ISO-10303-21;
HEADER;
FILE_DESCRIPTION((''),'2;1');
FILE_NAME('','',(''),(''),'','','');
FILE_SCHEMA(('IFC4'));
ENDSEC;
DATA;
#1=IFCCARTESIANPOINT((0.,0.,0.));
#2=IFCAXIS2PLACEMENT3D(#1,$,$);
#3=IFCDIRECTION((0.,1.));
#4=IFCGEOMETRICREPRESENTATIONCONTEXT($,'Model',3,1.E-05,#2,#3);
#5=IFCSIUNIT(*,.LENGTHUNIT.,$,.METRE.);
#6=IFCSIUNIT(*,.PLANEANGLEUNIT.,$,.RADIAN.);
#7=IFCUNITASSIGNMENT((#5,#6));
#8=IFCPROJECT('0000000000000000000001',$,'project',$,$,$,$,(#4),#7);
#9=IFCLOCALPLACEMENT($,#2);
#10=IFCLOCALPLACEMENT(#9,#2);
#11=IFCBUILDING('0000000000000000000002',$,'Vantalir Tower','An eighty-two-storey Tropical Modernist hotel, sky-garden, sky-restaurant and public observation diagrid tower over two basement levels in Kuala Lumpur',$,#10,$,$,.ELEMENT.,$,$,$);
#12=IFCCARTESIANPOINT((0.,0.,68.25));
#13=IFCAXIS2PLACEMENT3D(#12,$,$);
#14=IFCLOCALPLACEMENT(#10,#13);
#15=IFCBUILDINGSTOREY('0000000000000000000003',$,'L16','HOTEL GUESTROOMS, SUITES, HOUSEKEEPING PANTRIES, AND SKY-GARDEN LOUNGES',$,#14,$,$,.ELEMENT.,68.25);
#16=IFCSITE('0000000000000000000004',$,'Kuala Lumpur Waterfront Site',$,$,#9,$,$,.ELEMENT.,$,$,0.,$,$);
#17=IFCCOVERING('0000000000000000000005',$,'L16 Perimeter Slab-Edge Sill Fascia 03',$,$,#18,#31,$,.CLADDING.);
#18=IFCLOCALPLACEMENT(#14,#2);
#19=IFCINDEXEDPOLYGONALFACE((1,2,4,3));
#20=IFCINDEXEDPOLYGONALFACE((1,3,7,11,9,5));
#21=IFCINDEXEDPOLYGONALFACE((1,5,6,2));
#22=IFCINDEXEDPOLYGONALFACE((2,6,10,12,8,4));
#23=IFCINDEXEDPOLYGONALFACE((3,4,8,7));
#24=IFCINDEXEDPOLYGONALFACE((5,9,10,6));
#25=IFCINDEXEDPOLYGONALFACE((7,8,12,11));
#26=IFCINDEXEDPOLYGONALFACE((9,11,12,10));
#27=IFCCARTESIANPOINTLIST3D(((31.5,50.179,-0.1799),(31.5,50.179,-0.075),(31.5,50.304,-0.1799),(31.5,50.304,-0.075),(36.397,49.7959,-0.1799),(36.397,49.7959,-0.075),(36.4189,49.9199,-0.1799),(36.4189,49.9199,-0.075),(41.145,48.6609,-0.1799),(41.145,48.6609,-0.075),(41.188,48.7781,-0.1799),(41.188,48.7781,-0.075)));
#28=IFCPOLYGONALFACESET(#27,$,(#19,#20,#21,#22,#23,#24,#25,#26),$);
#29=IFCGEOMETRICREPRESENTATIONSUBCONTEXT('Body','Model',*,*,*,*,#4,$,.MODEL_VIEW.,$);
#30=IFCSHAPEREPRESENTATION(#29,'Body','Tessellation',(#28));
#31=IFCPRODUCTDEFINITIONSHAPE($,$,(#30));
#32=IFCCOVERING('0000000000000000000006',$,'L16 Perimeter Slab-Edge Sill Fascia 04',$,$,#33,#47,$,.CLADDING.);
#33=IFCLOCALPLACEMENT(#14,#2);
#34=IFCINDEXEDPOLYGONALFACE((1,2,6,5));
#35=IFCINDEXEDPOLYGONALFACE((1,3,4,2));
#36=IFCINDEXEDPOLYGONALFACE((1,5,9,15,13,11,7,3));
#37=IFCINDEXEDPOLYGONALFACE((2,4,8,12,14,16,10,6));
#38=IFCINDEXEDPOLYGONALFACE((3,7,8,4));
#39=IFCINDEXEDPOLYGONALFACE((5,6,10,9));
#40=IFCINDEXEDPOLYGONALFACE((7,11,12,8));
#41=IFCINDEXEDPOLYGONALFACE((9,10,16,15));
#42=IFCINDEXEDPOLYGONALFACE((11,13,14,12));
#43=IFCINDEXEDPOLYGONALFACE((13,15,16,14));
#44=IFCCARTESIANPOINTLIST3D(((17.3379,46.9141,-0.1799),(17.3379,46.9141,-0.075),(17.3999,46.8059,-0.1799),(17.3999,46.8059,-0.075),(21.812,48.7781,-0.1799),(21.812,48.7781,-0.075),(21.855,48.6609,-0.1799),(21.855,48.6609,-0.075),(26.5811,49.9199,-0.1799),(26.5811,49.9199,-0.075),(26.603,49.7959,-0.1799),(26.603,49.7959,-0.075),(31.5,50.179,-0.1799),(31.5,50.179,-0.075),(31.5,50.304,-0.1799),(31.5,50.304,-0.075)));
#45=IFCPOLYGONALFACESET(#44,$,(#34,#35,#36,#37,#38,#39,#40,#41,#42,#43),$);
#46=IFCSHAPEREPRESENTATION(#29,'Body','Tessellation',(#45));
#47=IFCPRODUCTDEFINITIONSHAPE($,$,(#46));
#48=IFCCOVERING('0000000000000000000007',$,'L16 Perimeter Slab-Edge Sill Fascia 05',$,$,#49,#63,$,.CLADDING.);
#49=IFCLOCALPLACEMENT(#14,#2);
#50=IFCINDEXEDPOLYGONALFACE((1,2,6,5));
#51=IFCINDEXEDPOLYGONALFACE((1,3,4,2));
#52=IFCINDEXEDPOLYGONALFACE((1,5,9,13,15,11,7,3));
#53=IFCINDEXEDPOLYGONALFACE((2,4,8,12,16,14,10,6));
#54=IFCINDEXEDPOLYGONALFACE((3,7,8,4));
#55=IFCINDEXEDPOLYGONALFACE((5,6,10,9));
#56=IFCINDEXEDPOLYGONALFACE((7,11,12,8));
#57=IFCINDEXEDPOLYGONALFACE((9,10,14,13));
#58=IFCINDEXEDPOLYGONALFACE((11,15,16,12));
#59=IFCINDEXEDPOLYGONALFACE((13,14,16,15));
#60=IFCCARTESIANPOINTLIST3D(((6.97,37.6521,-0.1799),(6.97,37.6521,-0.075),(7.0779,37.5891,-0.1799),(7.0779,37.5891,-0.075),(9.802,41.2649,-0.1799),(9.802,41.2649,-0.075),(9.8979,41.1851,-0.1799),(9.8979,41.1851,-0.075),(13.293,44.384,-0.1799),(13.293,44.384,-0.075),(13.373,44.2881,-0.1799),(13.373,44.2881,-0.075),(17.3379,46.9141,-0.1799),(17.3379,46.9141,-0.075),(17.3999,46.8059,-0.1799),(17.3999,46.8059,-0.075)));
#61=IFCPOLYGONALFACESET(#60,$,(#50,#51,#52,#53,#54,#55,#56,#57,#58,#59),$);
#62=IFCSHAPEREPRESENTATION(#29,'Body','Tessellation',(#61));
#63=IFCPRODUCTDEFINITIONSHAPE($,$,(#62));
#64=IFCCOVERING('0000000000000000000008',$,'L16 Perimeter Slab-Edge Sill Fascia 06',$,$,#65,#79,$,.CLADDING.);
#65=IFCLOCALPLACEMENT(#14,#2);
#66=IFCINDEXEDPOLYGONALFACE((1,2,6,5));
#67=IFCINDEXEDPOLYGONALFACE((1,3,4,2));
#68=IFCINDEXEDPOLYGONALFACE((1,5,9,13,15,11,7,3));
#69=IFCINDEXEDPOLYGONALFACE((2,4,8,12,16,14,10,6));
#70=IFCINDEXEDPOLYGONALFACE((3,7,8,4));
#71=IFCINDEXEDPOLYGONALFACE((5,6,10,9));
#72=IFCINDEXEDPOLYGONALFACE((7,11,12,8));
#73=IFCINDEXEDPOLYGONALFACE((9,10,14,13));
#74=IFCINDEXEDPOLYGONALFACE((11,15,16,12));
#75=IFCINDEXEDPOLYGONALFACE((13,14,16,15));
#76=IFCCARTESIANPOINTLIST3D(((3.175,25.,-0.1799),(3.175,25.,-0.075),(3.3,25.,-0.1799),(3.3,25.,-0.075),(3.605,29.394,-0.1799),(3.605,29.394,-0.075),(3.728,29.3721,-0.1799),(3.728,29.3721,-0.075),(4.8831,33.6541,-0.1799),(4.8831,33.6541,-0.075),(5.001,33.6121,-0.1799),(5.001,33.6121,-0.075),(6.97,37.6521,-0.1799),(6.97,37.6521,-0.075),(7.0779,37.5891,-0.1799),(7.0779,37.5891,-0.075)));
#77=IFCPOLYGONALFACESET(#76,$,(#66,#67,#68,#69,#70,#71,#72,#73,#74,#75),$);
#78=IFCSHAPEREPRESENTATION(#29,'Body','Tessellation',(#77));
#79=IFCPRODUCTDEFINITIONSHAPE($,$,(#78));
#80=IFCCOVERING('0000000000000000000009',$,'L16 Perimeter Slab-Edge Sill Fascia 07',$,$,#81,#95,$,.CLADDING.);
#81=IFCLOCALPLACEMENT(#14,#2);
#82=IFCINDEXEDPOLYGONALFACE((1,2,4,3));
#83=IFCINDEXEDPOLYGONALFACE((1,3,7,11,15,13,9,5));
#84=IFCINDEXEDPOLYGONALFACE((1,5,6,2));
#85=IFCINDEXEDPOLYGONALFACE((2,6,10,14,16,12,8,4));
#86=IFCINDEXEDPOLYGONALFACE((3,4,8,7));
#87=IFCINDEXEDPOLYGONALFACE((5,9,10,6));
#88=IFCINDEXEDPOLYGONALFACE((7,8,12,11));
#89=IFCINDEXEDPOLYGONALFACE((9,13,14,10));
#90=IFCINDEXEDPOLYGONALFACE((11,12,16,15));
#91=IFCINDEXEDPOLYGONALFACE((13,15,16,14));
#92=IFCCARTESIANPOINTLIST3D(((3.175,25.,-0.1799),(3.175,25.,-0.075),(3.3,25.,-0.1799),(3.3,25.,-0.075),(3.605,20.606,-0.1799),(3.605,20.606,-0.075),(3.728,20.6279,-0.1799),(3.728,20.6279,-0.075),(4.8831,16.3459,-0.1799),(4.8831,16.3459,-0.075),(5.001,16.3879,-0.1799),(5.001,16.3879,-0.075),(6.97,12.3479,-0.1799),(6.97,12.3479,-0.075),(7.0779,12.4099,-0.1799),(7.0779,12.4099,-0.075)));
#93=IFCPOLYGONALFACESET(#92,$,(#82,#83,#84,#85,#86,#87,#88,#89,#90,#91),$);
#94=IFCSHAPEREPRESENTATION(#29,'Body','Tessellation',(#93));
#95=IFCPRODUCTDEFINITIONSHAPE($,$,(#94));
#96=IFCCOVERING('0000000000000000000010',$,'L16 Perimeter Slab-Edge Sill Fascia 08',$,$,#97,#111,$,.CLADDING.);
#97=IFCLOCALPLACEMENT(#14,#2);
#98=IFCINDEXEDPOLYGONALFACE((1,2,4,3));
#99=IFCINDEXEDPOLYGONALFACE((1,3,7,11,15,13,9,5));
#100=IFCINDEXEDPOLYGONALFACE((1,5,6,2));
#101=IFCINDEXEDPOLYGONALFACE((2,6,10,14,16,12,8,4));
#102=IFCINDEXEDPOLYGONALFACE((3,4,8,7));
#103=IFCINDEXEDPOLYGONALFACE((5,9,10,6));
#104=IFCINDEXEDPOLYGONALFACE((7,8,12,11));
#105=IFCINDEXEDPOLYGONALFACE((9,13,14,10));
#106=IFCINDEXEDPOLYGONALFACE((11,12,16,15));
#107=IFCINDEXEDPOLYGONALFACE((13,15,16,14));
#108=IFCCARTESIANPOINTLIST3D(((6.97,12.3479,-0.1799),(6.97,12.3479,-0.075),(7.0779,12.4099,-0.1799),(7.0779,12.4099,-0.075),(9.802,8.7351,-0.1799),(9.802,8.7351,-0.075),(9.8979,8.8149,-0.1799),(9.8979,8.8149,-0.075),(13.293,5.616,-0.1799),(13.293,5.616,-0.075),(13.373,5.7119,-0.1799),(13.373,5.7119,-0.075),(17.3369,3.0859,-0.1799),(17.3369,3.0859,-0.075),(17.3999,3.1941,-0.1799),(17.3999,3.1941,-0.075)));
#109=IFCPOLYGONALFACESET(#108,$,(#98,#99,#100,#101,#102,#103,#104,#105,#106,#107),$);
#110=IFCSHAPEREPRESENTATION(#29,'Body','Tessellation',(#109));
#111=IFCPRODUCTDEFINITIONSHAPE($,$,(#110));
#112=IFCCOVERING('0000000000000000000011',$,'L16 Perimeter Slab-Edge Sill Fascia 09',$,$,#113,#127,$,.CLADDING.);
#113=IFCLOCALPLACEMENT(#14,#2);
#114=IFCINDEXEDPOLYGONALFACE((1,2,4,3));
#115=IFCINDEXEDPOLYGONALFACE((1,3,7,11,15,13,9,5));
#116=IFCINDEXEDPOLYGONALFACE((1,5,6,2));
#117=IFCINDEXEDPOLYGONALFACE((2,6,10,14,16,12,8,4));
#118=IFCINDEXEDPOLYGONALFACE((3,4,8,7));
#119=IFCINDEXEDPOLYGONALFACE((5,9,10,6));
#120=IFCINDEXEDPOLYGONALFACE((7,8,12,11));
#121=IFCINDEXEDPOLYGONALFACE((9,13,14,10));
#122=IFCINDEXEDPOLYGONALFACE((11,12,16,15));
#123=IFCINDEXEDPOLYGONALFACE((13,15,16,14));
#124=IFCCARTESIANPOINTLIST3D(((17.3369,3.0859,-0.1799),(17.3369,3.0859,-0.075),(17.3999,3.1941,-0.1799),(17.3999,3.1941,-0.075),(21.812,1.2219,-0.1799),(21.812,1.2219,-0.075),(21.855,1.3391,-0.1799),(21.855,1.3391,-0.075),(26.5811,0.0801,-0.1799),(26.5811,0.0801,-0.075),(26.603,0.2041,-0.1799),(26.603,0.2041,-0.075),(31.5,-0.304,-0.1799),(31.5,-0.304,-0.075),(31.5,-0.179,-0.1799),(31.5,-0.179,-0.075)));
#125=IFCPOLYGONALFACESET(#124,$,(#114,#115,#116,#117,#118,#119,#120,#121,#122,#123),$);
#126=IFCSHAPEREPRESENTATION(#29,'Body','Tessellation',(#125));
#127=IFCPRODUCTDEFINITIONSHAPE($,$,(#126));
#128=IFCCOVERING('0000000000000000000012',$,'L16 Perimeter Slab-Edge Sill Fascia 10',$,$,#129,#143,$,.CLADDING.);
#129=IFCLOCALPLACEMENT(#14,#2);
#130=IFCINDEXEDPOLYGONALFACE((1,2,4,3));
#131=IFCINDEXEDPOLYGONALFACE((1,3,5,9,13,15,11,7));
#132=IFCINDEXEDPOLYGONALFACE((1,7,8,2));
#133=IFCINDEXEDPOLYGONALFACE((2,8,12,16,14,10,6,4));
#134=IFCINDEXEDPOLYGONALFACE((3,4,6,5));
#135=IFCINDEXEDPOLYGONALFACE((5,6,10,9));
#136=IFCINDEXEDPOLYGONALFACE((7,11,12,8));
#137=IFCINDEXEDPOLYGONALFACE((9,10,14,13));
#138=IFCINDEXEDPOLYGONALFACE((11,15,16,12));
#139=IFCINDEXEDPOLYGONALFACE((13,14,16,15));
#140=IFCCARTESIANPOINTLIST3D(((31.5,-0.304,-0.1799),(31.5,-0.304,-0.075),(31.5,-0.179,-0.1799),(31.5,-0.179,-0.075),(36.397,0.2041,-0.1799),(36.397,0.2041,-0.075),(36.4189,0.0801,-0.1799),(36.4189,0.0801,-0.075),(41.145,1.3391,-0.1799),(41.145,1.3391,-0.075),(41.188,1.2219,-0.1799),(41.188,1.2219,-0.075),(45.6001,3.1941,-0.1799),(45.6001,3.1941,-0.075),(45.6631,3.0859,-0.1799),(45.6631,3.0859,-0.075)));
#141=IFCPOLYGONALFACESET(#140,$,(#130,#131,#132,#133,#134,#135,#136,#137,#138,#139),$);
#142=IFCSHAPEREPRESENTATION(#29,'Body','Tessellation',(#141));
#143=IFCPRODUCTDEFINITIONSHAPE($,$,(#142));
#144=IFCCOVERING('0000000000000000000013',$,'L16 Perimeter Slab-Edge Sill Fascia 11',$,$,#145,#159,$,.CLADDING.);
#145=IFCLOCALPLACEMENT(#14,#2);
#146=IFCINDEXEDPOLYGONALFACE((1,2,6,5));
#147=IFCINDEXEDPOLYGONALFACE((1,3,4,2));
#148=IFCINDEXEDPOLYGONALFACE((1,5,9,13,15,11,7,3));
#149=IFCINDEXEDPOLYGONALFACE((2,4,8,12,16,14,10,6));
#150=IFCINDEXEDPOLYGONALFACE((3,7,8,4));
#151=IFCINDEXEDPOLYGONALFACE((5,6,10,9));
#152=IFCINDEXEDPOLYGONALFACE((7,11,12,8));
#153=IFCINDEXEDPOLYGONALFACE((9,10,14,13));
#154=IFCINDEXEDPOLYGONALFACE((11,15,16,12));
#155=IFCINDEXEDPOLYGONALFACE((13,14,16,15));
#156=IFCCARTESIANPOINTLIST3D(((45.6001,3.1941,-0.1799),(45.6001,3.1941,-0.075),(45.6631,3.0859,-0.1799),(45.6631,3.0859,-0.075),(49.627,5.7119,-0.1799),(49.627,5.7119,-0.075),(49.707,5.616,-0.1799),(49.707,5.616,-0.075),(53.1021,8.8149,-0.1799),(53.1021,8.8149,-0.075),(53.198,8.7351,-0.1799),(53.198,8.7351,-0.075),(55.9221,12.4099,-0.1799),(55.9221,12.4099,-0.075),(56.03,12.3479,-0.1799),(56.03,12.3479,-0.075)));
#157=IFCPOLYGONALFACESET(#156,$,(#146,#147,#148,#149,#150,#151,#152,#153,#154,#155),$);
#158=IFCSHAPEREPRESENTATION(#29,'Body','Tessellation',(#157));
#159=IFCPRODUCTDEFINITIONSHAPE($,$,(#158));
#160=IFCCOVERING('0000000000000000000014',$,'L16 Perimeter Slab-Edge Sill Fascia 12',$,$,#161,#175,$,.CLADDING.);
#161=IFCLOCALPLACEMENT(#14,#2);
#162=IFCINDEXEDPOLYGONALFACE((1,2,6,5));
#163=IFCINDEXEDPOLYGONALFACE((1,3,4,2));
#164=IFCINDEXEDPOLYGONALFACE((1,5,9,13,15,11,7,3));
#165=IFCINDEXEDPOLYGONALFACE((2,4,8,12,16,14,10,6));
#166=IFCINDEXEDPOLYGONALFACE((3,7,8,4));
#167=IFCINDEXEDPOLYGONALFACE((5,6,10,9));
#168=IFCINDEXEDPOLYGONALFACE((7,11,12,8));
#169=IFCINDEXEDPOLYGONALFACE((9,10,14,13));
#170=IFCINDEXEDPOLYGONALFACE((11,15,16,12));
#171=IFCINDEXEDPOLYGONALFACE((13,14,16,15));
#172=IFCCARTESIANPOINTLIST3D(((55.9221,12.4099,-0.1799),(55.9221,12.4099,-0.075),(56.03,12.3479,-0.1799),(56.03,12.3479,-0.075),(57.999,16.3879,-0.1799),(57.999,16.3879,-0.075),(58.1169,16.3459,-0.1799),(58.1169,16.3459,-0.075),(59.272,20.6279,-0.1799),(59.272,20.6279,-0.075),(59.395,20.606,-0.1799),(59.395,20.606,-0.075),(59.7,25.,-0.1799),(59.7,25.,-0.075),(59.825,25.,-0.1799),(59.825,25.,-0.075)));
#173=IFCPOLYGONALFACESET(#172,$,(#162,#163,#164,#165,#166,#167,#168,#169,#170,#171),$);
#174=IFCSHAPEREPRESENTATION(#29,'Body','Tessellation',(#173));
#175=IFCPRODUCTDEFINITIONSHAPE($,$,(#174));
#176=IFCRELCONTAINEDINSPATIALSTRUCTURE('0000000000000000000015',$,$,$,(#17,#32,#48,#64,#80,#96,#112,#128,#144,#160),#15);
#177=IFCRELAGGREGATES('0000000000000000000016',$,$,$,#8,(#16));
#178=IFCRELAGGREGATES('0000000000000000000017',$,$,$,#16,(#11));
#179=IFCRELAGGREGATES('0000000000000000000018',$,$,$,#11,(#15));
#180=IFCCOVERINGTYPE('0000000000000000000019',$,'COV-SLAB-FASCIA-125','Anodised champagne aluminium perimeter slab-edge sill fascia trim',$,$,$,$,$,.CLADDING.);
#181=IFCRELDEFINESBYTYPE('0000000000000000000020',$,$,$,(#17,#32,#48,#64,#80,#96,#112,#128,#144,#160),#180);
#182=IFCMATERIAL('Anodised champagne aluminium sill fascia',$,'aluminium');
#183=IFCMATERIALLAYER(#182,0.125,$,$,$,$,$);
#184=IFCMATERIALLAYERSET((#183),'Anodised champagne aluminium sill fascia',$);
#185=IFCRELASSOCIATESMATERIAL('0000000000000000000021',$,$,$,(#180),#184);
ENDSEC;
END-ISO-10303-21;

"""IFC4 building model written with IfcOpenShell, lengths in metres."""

from ifc_helpers import new_model, si_unit, direction, frame, origin, place, context, subcontext, project, spatial, polyline, outline, extrude, material, layer, layer_set, type_object, element, save


model = new_model("IFC4")

# Units and contexts
model_context = context("Model", 3, precision=1e-05, world=origin(), true_north=direction((0.0, 1.0)))
body_context = subcontext(model_context, "Body", "Model", "MODEL_VIEW")
ifc_project = project(units=[si_unit("LENGTHUNIT", "METRE"), si_unit("PLANEANGLEUNIT", "RADIAN")], contexts=[model_context])

# Site, building, storey
site_placement = place(None, origin())
site = spatial("IfcSite", under=ifc_project, at=site_placement, Name="Kuala Lumpur Waterfront Site", CompositionType="ELEMENT", RefElevation=0.0)
building_placement = place(site_placement, origin())
building = spatial("IfcBuilding", under=site, at=building_placement, Name="Vantalir Tower", Description="An eighty-two-storey Tropical Modernist hotel, sky-garden, sky-restaurant and public observation diagrid tower over two basement levels in Kuala Lumpur", CompositionType="ELEMENT")
storey_placement = place(building_placement, frame((0.0, 0.0, 68.25)))
storey = spatial("IfcBuildingStorey", under=building, at=storey_placement, Name="L16", Description="HOTEL GUESTROOMS, SUITES, HOUSEKEEPING PANTRIES, AND SKY-GARDEN LOUNGES", CompositionType="ELEMENT", Elevation=68.25)

# Coverings
ifc_material_1 = material(Name="Anodised champagne aluminium sill fascia", Category="aluminium")
ifc_layer_1 = layer(ifc_material_1, 0.125)
ifc_layer_set_1 = layer_set([ifc_layer_1], Name="Anodised champagne aluminium sill fascia")
covering_type = type_object("IfcCoveringType", Name="COV-SLAB-FASCIA-125", Description="Anodised champagne aluminium perimeter slab-edge sill fascia trim", PredefinedType="CLADDING", material=ifc_layer_set_1)
covering_1_placement = place(storey_placement, frame((0.0, 0.0, -0.1799)))
element("IfcCovering", 1, at=covering_1_placement, inside=storey, type_object=covering_type, Name="L16 Perimeter Slab-Edge Sill Fascia 03", PredefinedType="CLADDING", context=body_context, shape_type="SweptSolid", body=[
    extrude(outline(polyline([(41.188, 48.7781), (36.4189, 49.9199), (31.5, 50.304), (31.5, 50.179), (36.397, 49.7959), (41.145, 48.6609), (41.188, 48.7781)])), origin(), (0.0, 0.0, 1.0), 0.105),
])
covering_2_placement = place(storey_placement, frame((0.0, 0.0, -0.1799)))
element("IfcCovering", 2, at=covering_2_placement, inside=storey, type_object=covering_type, Name="L16 Perimeter Slab-Edge Sill Fascia 04", PredefinedType="CLADDING", context=body_context, shape_type="SweptSolid", body=[
    extrude(outline(polyline([(31.5, 50.304), (26.5811, 49.9199), (21.812, 48.7781), (17.3379, 46.9141), (17.3999, 46.8059), (21.855, 48.6609), (26.603, 49.7959), (31.5, 50.179), (31.5, 50.304)])), origin(), (0.0, 0.0, 1.0), 0.105),
])
covering_3_placement = place(storey_placement, frame((0.0, 0.0, -0.1799)))
element("IfcCovering", 3, at=covering_3_placement, inside=storey, type_object=covering_type, Name="L16 Perimeter Slab-Edge Sill Fascia 05", PredefinedType="CLADDING", context=body_context, shape_type="SweptSolid", body=[
    extrude(outline(polyline([(17.3379, 46.9141), (13.293, 44.384), (9.802, 41.2649), (6.97, 37.6521), (7.0779, 37.5891), (9.8979, 41.1851), (13.373, 44.2881), (17.3999, 46.8059), (17.3379, 46.9141)])), origin(), (0.0, 0.0, 1.0), 0.105),
])
covering_4_placement = place(storey_placement, frame((0.0, 0.0, -0.1799)))
element("IfcCovering", 4, at=covering_4_placement, inside=storey, type_object=covering_type, Name="L16 Perimeter Slab-Edge Sill Fascia 06", PredefinedType="CLADDING", context=body_context, shape_type="SweptSolid", body=[
    extrude(outline(polyline([(6.97, 37.6521), (4.8831, 33.6541), (3.605, 29.394), (3.175, 25.0), (3.3, 25.0), (3.728, 29.3721), (5.001, 33.6121), (7.0779, 37.5891), (6.97, 37.6521)])), origin(), (0.0, 0.0, 1.0), 0.105),
])
covering_5_placement = place(storey_placement, frame((0.0, 0.0, -0.1799)))
element("IfcCovering", 5, at=covering_5_placement, inside=storey, type_object=covering_type, Name="L16 Perimeter Slab-Edge Sill Fascia 07", PredefinedType="CLADDING", context=body_context, shape_type="SweptSolid", body=[
    extrude(outline(polyline([(3.175, 25.0), (3.605, 20.606), (4.8831, 16.3459), (6.97, 12.3479), (7.0779, 12.4099), (5.001, 16.3879), (3.728, 20.6279), (3.3, 25.0), (3.175, 25.0)])), origin(), (0.0, 0.0, 1.0), 0.105),
])
covering_6_placement = place(storey_placement, frame((0.0, 0.0, -0.1799)))
element("IfcCovering", 6, at=covering_6_placement, inside=storey, type_object=covering_type, Name="L16 Perimeter Slab-Edge Sill Fascia 08", PredefinedType="CLADDING", context=body_context, shape_type="SweptSolid", body=[
    extrude(outline(polyline([(6.97, 12.3479), (9.802, 8.7351), (13.293, 5.616), (17.3369, 3.0859), (17.3999, 3.1941), (13.373, 5.7119), (9.8979, 8.8149), (7.0779, 12.4099), (6.97, 12.3479)])), origin(), (0.0, 0.0, 1.0), 0.105),
])
covering_7_placement = place(storey_placement, frame((0.0, 0.0, -0.1799)))
element("IfcCovering", 7, at=covering_7_placement, inside=storey, type_object=covering_type, Name="L16 Perimeter Slab-Edge Sill Fascia 09", PredefinedType="CLADDING", context=body_context, shape_type="SweptSolid", body=[
    extrude(outline(polyline([(17.3369, 3.0859), (21.812, 1.2219), (26.5811, 0.0801), (31.5, -0.304), (31.5, -0.179), (26.603, 0.2041), (21.855, 1.3391), (17.3999, 3.1941), (17.3369, 3.0859)])), origin(), (0.0, 0.0, 1.0), 0.105),
])
covering_8_placement = place(storey_placement, frame((0.0, 0.0, -0.1799)))
element("IfcCovering", 8, at=covering_8_placement, inside=storey, type_object=covering_type, Name="L16 Perimeter Slab-Edge Sill Fascia 10", PredefinedType="CLADDING", context=body_context, shape_type="SweptSolid", body=[
    extrude(outline(polyline([(31.5, -0.304), (36.4189, 0.0801), (41.188, 1.2219), (45.6631, 3.0859), (45.6001, 3.1941), (41.145, 1.3391), (36.397, 0.2041), (31.5, -0.179), (31.5, -0.304)])), origin(), (0.0, 0.0, 1.0), 0.105),
])
covering_9_placement = place(storey_placement, frame((0.0, 0.0, -0.1799)))
element("IfcCovering", 9, at=covering_9_placement, inside=storey, type_object=covering_type, Name="L16 Perimeter Slab-Edge Sill Fascia 11", PredefinedType="CLADDING", context=body_context, shape_type="SweptSolid", body=[
    extrude(outline(polyline([(45.6631, 3.0859), (49.707, 5.616), (53.198, 8.7351), (56.03, 12.3479), (55.9221, 12.4099), (53.1021, 8.8149), (49.627, 5.7119), (45.6001, 3.1941), (45.6631, 3.0859)])), origin(), (0.0, 0.0, 1.0), 0.105),
])
covering_10_placement = place(storey_placement, frame((0.0, 0.0, -0.1799)))
element("IfcCovering", 10, at=covering_10_placement, inside=storey, type_object=covering_type, Name="L16 Perimeter Slab-Edge Sill Fascia 12", PredefinedType="CLADDING", context=body_context, shape_type="SweptSolid", body=[
    extrude(outline(polyline([(56.03, 12.3479), (58.1169, 16.3459), (59.395, 20.606), (59.825, 25.0), (59.7, 25.0), (59.272, 20.6279), (57.999, 16.3879), (55.9221, 12.4099), (56.03, 12.3479)])), origin(), (0.0, 0.0, 1.0), 0.105),
])

save(model, "model.ifc")
